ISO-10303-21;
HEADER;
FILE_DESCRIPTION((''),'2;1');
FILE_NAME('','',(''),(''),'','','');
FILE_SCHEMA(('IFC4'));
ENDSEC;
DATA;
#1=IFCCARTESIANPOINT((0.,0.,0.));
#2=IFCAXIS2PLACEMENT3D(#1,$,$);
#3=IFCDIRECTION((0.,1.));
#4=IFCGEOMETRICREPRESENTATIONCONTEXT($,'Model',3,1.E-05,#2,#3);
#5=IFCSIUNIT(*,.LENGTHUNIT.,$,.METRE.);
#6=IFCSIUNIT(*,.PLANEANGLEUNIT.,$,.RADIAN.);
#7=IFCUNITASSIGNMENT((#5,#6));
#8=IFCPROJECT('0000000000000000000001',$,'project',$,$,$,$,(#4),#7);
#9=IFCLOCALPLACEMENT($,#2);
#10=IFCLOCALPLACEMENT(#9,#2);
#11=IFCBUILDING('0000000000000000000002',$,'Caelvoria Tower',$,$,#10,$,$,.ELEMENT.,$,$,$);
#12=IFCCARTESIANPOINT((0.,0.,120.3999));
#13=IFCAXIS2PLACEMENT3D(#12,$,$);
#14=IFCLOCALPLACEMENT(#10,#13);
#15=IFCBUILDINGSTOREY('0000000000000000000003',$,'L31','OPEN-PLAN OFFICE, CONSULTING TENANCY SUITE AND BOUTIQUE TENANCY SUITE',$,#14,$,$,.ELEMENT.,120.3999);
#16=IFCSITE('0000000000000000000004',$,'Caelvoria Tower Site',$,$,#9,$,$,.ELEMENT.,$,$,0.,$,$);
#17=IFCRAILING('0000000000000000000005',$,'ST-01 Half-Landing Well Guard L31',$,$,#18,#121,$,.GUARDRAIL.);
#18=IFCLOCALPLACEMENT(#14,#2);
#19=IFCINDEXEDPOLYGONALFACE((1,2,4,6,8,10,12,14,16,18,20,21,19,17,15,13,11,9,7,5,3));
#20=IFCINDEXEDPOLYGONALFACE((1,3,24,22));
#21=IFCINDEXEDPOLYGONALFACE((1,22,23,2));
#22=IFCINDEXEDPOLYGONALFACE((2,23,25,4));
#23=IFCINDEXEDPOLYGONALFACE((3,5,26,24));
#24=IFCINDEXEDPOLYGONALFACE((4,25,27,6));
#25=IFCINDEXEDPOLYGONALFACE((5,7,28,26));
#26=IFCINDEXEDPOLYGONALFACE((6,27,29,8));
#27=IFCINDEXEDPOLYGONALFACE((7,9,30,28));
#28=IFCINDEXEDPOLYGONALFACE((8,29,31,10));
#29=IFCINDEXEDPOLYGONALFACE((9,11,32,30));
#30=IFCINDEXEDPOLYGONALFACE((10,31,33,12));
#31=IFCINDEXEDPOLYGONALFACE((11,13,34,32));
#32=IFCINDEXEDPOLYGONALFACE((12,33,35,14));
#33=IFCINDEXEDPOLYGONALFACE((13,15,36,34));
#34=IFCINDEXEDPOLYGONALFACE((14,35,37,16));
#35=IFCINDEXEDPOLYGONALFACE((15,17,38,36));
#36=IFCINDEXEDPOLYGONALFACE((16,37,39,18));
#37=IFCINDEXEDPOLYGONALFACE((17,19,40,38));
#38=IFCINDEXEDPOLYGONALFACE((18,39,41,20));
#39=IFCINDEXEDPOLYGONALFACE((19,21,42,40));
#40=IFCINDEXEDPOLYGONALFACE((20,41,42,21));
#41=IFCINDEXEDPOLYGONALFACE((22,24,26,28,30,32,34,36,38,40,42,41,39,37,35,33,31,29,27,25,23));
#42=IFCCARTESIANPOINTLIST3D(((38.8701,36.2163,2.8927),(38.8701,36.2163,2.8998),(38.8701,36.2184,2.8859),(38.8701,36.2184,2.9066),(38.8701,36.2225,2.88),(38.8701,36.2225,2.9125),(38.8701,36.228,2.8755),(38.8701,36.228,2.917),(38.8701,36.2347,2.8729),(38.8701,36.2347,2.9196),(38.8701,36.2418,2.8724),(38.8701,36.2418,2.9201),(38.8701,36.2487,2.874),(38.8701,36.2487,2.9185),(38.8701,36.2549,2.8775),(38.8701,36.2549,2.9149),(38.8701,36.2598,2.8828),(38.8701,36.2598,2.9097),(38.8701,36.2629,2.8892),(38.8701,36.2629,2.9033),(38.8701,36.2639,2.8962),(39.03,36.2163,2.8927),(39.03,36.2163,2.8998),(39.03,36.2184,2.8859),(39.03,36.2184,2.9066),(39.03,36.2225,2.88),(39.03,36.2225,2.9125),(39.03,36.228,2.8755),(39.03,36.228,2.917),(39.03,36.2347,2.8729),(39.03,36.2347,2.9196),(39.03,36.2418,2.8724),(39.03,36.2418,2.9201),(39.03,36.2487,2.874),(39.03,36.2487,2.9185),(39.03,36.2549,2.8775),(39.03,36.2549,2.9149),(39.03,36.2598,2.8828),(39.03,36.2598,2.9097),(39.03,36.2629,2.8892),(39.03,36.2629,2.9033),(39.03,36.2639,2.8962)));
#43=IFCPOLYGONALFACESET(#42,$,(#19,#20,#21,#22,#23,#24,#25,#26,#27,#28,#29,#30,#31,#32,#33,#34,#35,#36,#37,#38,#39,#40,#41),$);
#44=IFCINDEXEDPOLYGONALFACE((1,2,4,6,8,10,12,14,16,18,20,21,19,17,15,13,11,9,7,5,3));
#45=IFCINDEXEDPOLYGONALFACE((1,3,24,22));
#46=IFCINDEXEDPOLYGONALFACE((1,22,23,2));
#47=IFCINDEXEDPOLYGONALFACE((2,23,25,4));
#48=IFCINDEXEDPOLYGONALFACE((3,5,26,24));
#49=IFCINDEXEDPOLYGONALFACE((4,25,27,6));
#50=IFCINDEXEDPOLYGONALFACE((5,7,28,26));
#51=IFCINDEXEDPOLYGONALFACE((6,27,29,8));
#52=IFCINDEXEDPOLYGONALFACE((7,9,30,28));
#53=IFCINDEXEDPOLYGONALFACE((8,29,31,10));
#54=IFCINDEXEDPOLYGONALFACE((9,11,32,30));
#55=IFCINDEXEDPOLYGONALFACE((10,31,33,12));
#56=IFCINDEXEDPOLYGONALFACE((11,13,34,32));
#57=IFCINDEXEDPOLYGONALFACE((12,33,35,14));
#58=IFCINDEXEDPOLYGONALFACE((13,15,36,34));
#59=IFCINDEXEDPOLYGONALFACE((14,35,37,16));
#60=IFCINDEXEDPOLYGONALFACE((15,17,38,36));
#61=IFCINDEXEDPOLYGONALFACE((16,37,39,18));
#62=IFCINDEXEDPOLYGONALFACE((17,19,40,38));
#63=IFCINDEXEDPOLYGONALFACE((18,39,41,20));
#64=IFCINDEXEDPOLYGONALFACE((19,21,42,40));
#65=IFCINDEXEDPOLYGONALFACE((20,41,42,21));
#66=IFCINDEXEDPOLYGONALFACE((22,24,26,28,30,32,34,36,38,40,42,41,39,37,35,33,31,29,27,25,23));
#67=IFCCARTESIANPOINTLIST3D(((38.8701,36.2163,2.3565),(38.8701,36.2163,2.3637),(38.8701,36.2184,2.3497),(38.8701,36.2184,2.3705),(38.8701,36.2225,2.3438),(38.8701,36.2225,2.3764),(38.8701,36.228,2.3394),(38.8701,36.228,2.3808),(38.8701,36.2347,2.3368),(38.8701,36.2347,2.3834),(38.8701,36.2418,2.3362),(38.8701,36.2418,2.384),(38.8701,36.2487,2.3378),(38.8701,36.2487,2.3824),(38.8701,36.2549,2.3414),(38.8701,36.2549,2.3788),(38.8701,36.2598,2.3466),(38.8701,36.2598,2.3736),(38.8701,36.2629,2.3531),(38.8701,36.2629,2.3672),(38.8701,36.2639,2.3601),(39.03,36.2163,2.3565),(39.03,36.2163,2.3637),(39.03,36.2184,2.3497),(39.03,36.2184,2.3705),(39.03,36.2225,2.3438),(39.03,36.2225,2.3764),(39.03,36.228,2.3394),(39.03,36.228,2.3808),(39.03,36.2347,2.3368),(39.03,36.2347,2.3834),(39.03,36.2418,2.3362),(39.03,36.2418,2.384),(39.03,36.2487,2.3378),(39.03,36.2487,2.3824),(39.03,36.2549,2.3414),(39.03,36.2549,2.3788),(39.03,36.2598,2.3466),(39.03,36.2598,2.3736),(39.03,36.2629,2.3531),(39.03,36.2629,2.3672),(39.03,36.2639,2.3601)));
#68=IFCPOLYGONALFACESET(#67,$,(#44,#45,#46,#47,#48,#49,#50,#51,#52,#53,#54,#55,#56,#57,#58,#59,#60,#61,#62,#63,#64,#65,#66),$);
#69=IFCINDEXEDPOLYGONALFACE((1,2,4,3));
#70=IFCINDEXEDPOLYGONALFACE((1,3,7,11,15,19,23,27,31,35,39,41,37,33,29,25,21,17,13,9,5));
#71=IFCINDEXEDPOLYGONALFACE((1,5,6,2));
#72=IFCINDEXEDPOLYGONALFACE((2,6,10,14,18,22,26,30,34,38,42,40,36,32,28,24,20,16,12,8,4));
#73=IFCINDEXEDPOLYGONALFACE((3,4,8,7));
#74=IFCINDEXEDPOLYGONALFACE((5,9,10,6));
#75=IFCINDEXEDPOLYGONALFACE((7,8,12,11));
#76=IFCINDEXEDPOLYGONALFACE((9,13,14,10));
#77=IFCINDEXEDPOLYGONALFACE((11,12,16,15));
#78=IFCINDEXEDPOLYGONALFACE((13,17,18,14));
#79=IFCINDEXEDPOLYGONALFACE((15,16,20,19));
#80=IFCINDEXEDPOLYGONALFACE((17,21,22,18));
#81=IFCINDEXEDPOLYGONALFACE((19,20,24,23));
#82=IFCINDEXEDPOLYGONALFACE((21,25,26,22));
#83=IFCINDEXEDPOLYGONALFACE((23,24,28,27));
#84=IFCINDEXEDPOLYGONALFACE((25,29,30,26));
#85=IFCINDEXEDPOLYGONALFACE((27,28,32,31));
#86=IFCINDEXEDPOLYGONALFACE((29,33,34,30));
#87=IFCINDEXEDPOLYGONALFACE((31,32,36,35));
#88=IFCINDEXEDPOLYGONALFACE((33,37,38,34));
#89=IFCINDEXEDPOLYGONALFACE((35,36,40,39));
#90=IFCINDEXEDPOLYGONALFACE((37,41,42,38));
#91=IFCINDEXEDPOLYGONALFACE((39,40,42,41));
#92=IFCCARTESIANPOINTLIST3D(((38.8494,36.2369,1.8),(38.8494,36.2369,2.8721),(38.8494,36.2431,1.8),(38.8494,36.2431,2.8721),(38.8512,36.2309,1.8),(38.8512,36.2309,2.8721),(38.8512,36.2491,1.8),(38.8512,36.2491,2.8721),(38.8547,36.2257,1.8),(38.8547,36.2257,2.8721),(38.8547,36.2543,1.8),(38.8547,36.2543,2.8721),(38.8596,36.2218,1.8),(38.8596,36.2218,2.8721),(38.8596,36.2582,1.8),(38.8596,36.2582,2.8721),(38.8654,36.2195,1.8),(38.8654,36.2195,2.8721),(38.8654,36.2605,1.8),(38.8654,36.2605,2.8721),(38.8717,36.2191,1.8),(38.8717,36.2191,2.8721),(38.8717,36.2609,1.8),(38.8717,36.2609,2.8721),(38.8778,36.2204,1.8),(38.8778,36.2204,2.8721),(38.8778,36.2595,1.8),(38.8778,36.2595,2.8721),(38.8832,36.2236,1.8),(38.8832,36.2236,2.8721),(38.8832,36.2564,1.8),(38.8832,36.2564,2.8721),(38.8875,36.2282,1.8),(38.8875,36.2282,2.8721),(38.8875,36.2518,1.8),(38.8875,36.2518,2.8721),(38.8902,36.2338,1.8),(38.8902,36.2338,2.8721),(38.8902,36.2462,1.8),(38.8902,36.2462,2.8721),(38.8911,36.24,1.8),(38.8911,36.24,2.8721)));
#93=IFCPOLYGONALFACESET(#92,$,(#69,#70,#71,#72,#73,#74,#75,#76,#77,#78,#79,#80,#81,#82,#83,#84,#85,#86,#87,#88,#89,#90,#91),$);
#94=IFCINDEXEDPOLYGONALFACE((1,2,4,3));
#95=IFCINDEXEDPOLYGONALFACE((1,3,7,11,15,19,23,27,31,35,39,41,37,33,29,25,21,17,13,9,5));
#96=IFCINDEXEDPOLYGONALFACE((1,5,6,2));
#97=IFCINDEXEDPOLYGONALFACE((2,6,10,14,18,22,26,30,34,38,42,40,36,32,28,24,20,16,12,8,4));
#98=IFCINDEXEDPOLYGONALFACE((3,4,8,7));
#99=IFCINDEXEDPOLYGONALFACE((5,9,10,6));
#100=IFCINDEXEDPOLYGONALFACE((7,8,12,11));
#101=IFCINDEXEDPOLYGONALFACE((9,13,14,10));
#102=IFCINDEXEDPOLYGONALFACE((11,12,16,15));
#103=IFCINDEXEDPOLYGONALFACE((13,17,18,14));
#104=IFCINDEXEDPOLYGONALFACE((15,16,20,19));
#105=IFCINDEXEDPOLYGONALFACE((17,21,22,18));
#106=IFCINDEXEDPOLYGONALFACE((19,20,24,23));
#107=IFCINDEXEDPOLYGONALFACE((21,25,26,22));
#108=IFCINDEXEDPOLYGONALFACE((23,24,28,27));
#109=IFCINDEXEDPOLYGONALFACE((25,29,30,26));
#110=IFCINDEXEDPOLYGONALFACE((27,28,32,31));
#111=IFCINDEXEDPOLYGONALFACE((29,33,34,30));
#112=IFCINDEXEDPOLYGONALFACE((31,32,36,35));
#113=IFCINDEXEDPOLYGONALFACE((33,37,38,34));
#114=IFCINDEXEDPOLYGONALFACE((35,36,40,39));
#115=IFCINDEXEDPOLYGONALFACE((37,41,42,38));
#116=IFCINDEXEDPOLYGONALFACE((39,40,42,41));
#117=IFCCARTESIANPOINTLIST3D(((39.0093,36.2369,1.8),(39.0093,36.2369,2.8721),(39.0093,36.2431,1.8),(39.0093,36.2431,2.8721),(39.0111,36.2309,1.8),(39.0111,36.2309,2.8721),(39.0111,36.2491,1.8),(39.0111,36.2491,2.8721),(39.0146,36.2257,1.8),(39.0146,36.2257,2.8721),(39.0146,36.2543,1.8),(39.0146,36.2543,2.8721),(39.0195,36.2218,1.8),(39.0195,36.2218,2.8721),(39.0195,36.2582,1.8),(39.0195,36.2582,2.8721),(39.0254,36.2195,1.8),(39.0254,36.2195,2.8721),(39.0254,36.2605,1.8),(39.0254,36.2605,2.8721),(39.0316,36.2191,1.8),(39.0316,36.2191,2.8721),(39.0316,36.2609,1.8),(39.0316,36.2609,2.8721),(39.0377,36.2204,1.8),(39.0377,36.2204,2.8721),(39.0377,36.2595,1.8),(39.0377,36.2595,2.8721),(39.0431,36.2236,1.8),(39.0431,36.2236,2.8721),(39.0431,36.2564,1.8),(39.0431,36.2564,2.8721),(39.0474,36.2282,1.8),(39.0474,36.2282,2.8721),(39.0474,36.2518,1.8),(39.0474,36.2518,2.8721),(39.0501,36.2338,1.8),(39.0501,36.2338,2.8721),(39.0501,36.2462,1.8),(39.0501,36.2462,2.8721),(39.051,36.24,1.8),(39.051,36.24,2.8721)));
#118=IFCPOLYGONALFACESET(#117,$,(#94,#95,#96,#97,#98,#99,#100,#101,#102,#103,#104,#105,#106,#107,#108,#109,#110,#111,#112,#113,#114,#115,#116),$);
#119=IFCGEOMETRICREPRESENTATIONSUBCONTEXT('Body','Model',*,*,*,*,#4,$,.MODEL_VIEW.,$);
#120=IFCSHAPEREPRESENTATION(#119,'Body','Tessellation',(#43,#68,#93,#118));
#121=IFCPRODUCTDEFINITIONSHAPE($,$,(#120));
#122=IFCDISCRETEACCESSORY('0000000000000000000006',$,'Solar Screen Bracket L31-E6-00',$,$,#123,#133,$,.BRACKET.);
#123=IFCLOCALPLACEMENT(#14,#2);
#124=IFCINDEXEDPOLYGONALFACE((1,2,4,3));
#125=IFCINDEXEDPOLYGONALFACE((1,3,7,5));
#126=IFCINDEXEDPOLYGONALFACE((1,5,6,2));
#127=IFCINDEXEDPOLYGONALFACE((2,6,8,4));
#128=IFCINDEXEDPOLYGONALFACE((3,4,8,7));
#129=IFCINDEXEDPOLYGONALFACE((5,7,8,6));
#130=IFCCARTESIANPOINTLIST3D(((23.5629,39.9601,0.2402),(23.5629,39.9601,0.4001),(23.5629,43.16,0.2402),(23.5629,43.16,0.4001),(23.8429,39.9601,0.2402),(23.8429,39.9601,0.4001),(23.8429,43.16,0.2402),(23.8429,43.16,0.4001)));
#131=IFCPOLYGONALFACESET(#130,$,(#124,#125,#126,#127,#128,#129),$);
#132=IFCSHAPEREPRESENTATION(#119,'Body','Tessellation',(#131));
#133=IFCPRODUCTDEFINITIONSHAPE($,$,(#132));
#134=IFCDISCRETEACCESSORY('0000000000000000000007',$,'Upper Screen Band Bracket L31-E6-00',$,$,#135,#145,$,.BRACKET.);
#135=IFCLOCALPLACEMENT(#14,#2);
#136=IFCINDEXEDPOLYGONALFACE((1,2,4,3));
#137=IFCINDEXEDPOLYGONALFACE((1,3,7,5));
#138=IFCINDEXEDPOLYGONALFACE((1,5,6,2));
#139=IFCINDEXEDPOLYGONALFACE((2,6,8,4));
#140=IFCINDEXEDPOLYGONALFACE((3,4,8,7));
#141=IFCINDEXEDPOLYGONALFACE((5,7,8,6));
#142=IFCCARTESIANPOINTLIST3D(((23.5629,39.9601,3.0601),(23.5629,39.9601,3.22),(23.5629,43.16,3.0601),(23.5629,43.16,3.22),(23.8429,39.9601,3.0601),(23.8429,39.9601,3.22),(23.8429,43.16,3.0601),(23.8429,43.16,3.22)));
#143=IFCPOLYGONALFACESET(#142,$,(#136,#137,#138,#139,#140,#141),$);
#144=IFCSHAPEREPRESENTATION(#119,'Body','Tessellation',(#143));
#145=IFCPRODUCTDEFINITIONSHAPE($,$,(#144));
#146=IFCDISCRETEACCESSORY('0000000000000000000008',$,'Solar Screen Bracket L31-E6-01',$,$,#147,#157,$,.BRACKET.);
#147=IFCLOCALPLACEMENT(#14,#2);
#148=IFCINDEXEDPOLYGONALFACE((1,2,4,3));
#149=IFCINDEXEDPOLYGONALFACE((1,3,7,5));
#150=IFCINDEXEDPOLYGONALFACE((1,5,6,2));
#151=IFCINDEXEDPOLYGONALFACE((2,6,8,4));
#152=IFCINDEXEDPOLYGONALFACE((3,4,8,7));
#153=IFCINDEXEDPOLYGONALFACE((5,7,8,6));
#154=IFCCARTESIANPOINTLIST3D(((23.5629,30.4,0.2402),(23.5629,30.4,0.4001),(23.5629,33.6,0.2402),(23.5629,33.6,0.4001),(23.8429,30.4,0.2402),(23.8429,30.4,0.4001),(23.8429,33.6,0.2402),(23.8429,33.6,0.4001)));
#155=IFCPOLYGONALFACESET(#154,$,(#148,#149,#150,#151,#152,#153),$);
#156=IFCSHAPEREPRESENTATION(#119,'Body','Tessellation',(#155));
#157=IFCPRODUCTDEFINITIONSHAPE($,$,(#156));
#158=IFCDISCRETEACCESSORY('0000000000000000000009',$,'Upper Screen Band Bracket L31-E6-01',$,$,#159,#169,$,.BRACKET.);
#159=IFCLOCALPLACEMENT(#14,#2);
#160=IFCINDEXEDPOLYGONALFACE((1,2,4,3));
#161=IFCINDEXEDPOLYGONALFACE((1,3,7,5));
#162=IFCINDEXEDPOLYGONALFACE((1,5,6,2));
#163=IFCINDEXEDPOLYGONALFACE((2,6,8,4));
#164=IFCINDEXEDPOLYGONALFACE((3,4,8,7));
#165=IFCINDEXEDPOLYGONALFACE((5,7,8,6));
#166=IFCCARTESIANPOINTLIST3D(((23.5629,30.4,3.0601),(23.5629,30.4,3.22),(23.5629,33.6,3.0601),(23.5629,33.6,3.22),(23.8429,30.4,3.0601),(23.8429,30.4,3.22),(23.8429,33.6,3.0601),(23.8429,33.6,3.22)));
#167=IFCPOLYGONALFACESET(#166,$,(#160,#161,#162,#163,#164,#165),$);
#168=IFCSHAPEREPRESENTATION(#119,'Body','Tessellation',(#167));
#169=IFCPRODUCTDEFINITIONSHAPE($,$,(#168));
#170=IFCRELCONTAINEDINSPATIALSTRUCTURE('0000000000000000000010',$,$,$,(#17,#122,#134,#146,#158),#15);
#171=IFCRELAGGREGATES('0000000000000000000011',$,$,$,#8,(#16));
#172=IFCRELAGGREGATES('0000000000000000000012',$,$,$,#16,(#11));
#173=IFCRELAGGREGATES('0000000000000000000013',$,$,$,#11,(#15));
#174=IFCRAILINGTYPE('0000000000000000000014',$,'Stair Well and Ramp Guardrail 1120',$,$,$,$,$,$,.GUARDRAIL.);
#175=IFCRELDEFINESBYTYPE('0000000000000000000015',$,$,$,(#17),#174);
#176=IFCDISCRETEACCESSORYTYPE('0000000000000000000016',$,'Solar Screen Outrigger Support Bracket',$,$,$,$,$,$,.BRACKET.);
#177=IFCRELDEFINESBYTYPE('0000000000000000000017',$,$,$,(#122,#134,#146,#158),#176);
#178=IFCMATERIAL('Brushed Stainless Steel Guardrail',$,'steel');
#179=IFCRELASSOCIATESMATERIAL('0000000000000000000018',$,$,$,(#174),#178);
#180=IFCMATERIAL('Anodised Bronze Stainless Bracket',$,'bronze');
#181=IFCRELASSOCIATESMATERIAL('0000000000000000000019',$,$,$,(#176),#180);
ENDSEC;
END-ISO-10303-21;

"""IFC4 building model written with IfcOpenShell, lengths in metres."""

from ifc_helpers import new_model, si_unit, direction, frame, origin, origin_2d, place, context, subcontext, project, spatial, rectangle, circle, extrude, material, type_object, element, save


model = new_model("IFC4")

# Units and contexts
model_context = context("Model", 3, precision=1e-05, world=origin(), true_north=direction((0.0, 1.0)))
body_context = subcontext(model_context, "Body", "Model", "MODEL_VIEW")
ifc_project = project(units=[si_unit("LENGTHUNIT", "METRE"), si_unit("PLANEANGLEUNIT", "RADIAN")], contexts=[model_context])

# Site, building, storey
site_placement = place(None, origin())
site = spatial("IfcSite", under=ifc_project, at=site_placement, Name="Caelvoria Tower Site", CompositionType="ELEMENT", RefElevation=0.0)
building_placement = place(site_placement, origin())
building = spatial("IfcBuilding", under=site, at=building_placement, Name="Caelvoria Tower", CompositionType="ELEMENT")
storey_placement = place(building_placement, frame((0.0, 0.0, 120.3999)))
storey = spatial("IfcBuildingStorey", under=building, at=storey_placement, Name="L31", Description="OPEN-PLAN OFFICE, CONSULTING TENANCY SUITE AND BOUTIQUE TENANCY SUITE", CompositionType="ELEMENT", Elevation=120.3999)

# Railing
ifc_material_1 = material(Name="Brushed Stainless Steel Guardrail", Category="steel")
railing_type_1 = type_object("IfcRailingType", Name="Stair Well and Ramp Guardrail 1120", PredefinedType="GUARDRAIL", material=ifc_material_1)
railing_1_placement = place(storey_placement, frame((38.8701, 36.24, 1.8)))
element("IfcRailing", 1, at=railing_1_placement, inside=storey, type_object=railing_type_1, Name="ST-01 Half-Landing Well Guard L31", PredefinedType="GUARDRAIL", context=body_context, shape_type="SweptSolid", body=[
    extrude(circle(Radius=0.0239, at=origin_2d()), frame((0.0, 0.0, 1.0962), z_axis=(1.0, 0.0, 0.0), x_axis=(0.0, 1.0, 0.0)), (0.0, 0.0, 1.0), 0.1599),
    extrude(circle(Radius=0.0239, at=origin_2d()), frame((0.0, 0.0, 0.5601), z_axis=(1.0, 0.0, 0.0), x_axis=(0.0, 1.0, 0.0)), (0.0, 0.0, 1.0), 0.1599),
    extrude(circle(Radius=0.021, at=origin_2d()), origin(), (0.0, 0.0, 1.0), 1.072),
    extrude(circle(Radius=0.021, at=origin_2d()), frame((0.1599, 0.0, 0.0)), (0.0, 0.0, 1.0), 1.072),
])

# Discrete accessories
ifc_material_2 = material(Name="Anodised Bronze Stainless Bracket", Category="bronze")
discrete_accessory_type = type_object("IfcDiscreteAccessoryType", Name="Solar Screen Outrigger Support Bracket", PredefinedType="BRACKET", material=ifc_material_2)
for number, where, z_axis, x_axis, name in (
    (2, (23.7029, 41.5601, 0.2402), (0.0, 0.0, 1.0), (0.0, -1.0, 0.0), "Solar Screen Bracket L31-E6-00"),
    (3, (23.7029, 41.5601, 3.0601), (0.0, 0.0, 1.0), (0.0, -1.0, 0.0), "Upper Screen Band Bracket L31-E6-00"),
    (4, (23.7029, 32.0, 0.2402), (0.0, 0.0, 1.0), (0.0, -1.0, 0.0), "Solar Screen Bracket L31-E6-01"),
    (5, (23.7029, 32.0, 3.0601), (0.0, 0.0, 1.0), (0.0, -1.0, 0.0), "Upper Screen Band Bracket L31-E6-01"),
):
    element("IfcDiscreteAccessory", number, at=place(storey_placement, frame(where, z_axis=z_axis, x_axis=x_axis)), inside=storey, type_object=discrete_accessory_type, Name=name, PredefinedType="BRACKET", context=body_context, shape_type="SweptSolid", body=[
        extrude(rectangle(XDim=3.2, YDim=0.28, at=origin_2d()), origin(), (0.0, 0.0, 1.0), 0.1599),
    ])

save(model, "model.ifc")
